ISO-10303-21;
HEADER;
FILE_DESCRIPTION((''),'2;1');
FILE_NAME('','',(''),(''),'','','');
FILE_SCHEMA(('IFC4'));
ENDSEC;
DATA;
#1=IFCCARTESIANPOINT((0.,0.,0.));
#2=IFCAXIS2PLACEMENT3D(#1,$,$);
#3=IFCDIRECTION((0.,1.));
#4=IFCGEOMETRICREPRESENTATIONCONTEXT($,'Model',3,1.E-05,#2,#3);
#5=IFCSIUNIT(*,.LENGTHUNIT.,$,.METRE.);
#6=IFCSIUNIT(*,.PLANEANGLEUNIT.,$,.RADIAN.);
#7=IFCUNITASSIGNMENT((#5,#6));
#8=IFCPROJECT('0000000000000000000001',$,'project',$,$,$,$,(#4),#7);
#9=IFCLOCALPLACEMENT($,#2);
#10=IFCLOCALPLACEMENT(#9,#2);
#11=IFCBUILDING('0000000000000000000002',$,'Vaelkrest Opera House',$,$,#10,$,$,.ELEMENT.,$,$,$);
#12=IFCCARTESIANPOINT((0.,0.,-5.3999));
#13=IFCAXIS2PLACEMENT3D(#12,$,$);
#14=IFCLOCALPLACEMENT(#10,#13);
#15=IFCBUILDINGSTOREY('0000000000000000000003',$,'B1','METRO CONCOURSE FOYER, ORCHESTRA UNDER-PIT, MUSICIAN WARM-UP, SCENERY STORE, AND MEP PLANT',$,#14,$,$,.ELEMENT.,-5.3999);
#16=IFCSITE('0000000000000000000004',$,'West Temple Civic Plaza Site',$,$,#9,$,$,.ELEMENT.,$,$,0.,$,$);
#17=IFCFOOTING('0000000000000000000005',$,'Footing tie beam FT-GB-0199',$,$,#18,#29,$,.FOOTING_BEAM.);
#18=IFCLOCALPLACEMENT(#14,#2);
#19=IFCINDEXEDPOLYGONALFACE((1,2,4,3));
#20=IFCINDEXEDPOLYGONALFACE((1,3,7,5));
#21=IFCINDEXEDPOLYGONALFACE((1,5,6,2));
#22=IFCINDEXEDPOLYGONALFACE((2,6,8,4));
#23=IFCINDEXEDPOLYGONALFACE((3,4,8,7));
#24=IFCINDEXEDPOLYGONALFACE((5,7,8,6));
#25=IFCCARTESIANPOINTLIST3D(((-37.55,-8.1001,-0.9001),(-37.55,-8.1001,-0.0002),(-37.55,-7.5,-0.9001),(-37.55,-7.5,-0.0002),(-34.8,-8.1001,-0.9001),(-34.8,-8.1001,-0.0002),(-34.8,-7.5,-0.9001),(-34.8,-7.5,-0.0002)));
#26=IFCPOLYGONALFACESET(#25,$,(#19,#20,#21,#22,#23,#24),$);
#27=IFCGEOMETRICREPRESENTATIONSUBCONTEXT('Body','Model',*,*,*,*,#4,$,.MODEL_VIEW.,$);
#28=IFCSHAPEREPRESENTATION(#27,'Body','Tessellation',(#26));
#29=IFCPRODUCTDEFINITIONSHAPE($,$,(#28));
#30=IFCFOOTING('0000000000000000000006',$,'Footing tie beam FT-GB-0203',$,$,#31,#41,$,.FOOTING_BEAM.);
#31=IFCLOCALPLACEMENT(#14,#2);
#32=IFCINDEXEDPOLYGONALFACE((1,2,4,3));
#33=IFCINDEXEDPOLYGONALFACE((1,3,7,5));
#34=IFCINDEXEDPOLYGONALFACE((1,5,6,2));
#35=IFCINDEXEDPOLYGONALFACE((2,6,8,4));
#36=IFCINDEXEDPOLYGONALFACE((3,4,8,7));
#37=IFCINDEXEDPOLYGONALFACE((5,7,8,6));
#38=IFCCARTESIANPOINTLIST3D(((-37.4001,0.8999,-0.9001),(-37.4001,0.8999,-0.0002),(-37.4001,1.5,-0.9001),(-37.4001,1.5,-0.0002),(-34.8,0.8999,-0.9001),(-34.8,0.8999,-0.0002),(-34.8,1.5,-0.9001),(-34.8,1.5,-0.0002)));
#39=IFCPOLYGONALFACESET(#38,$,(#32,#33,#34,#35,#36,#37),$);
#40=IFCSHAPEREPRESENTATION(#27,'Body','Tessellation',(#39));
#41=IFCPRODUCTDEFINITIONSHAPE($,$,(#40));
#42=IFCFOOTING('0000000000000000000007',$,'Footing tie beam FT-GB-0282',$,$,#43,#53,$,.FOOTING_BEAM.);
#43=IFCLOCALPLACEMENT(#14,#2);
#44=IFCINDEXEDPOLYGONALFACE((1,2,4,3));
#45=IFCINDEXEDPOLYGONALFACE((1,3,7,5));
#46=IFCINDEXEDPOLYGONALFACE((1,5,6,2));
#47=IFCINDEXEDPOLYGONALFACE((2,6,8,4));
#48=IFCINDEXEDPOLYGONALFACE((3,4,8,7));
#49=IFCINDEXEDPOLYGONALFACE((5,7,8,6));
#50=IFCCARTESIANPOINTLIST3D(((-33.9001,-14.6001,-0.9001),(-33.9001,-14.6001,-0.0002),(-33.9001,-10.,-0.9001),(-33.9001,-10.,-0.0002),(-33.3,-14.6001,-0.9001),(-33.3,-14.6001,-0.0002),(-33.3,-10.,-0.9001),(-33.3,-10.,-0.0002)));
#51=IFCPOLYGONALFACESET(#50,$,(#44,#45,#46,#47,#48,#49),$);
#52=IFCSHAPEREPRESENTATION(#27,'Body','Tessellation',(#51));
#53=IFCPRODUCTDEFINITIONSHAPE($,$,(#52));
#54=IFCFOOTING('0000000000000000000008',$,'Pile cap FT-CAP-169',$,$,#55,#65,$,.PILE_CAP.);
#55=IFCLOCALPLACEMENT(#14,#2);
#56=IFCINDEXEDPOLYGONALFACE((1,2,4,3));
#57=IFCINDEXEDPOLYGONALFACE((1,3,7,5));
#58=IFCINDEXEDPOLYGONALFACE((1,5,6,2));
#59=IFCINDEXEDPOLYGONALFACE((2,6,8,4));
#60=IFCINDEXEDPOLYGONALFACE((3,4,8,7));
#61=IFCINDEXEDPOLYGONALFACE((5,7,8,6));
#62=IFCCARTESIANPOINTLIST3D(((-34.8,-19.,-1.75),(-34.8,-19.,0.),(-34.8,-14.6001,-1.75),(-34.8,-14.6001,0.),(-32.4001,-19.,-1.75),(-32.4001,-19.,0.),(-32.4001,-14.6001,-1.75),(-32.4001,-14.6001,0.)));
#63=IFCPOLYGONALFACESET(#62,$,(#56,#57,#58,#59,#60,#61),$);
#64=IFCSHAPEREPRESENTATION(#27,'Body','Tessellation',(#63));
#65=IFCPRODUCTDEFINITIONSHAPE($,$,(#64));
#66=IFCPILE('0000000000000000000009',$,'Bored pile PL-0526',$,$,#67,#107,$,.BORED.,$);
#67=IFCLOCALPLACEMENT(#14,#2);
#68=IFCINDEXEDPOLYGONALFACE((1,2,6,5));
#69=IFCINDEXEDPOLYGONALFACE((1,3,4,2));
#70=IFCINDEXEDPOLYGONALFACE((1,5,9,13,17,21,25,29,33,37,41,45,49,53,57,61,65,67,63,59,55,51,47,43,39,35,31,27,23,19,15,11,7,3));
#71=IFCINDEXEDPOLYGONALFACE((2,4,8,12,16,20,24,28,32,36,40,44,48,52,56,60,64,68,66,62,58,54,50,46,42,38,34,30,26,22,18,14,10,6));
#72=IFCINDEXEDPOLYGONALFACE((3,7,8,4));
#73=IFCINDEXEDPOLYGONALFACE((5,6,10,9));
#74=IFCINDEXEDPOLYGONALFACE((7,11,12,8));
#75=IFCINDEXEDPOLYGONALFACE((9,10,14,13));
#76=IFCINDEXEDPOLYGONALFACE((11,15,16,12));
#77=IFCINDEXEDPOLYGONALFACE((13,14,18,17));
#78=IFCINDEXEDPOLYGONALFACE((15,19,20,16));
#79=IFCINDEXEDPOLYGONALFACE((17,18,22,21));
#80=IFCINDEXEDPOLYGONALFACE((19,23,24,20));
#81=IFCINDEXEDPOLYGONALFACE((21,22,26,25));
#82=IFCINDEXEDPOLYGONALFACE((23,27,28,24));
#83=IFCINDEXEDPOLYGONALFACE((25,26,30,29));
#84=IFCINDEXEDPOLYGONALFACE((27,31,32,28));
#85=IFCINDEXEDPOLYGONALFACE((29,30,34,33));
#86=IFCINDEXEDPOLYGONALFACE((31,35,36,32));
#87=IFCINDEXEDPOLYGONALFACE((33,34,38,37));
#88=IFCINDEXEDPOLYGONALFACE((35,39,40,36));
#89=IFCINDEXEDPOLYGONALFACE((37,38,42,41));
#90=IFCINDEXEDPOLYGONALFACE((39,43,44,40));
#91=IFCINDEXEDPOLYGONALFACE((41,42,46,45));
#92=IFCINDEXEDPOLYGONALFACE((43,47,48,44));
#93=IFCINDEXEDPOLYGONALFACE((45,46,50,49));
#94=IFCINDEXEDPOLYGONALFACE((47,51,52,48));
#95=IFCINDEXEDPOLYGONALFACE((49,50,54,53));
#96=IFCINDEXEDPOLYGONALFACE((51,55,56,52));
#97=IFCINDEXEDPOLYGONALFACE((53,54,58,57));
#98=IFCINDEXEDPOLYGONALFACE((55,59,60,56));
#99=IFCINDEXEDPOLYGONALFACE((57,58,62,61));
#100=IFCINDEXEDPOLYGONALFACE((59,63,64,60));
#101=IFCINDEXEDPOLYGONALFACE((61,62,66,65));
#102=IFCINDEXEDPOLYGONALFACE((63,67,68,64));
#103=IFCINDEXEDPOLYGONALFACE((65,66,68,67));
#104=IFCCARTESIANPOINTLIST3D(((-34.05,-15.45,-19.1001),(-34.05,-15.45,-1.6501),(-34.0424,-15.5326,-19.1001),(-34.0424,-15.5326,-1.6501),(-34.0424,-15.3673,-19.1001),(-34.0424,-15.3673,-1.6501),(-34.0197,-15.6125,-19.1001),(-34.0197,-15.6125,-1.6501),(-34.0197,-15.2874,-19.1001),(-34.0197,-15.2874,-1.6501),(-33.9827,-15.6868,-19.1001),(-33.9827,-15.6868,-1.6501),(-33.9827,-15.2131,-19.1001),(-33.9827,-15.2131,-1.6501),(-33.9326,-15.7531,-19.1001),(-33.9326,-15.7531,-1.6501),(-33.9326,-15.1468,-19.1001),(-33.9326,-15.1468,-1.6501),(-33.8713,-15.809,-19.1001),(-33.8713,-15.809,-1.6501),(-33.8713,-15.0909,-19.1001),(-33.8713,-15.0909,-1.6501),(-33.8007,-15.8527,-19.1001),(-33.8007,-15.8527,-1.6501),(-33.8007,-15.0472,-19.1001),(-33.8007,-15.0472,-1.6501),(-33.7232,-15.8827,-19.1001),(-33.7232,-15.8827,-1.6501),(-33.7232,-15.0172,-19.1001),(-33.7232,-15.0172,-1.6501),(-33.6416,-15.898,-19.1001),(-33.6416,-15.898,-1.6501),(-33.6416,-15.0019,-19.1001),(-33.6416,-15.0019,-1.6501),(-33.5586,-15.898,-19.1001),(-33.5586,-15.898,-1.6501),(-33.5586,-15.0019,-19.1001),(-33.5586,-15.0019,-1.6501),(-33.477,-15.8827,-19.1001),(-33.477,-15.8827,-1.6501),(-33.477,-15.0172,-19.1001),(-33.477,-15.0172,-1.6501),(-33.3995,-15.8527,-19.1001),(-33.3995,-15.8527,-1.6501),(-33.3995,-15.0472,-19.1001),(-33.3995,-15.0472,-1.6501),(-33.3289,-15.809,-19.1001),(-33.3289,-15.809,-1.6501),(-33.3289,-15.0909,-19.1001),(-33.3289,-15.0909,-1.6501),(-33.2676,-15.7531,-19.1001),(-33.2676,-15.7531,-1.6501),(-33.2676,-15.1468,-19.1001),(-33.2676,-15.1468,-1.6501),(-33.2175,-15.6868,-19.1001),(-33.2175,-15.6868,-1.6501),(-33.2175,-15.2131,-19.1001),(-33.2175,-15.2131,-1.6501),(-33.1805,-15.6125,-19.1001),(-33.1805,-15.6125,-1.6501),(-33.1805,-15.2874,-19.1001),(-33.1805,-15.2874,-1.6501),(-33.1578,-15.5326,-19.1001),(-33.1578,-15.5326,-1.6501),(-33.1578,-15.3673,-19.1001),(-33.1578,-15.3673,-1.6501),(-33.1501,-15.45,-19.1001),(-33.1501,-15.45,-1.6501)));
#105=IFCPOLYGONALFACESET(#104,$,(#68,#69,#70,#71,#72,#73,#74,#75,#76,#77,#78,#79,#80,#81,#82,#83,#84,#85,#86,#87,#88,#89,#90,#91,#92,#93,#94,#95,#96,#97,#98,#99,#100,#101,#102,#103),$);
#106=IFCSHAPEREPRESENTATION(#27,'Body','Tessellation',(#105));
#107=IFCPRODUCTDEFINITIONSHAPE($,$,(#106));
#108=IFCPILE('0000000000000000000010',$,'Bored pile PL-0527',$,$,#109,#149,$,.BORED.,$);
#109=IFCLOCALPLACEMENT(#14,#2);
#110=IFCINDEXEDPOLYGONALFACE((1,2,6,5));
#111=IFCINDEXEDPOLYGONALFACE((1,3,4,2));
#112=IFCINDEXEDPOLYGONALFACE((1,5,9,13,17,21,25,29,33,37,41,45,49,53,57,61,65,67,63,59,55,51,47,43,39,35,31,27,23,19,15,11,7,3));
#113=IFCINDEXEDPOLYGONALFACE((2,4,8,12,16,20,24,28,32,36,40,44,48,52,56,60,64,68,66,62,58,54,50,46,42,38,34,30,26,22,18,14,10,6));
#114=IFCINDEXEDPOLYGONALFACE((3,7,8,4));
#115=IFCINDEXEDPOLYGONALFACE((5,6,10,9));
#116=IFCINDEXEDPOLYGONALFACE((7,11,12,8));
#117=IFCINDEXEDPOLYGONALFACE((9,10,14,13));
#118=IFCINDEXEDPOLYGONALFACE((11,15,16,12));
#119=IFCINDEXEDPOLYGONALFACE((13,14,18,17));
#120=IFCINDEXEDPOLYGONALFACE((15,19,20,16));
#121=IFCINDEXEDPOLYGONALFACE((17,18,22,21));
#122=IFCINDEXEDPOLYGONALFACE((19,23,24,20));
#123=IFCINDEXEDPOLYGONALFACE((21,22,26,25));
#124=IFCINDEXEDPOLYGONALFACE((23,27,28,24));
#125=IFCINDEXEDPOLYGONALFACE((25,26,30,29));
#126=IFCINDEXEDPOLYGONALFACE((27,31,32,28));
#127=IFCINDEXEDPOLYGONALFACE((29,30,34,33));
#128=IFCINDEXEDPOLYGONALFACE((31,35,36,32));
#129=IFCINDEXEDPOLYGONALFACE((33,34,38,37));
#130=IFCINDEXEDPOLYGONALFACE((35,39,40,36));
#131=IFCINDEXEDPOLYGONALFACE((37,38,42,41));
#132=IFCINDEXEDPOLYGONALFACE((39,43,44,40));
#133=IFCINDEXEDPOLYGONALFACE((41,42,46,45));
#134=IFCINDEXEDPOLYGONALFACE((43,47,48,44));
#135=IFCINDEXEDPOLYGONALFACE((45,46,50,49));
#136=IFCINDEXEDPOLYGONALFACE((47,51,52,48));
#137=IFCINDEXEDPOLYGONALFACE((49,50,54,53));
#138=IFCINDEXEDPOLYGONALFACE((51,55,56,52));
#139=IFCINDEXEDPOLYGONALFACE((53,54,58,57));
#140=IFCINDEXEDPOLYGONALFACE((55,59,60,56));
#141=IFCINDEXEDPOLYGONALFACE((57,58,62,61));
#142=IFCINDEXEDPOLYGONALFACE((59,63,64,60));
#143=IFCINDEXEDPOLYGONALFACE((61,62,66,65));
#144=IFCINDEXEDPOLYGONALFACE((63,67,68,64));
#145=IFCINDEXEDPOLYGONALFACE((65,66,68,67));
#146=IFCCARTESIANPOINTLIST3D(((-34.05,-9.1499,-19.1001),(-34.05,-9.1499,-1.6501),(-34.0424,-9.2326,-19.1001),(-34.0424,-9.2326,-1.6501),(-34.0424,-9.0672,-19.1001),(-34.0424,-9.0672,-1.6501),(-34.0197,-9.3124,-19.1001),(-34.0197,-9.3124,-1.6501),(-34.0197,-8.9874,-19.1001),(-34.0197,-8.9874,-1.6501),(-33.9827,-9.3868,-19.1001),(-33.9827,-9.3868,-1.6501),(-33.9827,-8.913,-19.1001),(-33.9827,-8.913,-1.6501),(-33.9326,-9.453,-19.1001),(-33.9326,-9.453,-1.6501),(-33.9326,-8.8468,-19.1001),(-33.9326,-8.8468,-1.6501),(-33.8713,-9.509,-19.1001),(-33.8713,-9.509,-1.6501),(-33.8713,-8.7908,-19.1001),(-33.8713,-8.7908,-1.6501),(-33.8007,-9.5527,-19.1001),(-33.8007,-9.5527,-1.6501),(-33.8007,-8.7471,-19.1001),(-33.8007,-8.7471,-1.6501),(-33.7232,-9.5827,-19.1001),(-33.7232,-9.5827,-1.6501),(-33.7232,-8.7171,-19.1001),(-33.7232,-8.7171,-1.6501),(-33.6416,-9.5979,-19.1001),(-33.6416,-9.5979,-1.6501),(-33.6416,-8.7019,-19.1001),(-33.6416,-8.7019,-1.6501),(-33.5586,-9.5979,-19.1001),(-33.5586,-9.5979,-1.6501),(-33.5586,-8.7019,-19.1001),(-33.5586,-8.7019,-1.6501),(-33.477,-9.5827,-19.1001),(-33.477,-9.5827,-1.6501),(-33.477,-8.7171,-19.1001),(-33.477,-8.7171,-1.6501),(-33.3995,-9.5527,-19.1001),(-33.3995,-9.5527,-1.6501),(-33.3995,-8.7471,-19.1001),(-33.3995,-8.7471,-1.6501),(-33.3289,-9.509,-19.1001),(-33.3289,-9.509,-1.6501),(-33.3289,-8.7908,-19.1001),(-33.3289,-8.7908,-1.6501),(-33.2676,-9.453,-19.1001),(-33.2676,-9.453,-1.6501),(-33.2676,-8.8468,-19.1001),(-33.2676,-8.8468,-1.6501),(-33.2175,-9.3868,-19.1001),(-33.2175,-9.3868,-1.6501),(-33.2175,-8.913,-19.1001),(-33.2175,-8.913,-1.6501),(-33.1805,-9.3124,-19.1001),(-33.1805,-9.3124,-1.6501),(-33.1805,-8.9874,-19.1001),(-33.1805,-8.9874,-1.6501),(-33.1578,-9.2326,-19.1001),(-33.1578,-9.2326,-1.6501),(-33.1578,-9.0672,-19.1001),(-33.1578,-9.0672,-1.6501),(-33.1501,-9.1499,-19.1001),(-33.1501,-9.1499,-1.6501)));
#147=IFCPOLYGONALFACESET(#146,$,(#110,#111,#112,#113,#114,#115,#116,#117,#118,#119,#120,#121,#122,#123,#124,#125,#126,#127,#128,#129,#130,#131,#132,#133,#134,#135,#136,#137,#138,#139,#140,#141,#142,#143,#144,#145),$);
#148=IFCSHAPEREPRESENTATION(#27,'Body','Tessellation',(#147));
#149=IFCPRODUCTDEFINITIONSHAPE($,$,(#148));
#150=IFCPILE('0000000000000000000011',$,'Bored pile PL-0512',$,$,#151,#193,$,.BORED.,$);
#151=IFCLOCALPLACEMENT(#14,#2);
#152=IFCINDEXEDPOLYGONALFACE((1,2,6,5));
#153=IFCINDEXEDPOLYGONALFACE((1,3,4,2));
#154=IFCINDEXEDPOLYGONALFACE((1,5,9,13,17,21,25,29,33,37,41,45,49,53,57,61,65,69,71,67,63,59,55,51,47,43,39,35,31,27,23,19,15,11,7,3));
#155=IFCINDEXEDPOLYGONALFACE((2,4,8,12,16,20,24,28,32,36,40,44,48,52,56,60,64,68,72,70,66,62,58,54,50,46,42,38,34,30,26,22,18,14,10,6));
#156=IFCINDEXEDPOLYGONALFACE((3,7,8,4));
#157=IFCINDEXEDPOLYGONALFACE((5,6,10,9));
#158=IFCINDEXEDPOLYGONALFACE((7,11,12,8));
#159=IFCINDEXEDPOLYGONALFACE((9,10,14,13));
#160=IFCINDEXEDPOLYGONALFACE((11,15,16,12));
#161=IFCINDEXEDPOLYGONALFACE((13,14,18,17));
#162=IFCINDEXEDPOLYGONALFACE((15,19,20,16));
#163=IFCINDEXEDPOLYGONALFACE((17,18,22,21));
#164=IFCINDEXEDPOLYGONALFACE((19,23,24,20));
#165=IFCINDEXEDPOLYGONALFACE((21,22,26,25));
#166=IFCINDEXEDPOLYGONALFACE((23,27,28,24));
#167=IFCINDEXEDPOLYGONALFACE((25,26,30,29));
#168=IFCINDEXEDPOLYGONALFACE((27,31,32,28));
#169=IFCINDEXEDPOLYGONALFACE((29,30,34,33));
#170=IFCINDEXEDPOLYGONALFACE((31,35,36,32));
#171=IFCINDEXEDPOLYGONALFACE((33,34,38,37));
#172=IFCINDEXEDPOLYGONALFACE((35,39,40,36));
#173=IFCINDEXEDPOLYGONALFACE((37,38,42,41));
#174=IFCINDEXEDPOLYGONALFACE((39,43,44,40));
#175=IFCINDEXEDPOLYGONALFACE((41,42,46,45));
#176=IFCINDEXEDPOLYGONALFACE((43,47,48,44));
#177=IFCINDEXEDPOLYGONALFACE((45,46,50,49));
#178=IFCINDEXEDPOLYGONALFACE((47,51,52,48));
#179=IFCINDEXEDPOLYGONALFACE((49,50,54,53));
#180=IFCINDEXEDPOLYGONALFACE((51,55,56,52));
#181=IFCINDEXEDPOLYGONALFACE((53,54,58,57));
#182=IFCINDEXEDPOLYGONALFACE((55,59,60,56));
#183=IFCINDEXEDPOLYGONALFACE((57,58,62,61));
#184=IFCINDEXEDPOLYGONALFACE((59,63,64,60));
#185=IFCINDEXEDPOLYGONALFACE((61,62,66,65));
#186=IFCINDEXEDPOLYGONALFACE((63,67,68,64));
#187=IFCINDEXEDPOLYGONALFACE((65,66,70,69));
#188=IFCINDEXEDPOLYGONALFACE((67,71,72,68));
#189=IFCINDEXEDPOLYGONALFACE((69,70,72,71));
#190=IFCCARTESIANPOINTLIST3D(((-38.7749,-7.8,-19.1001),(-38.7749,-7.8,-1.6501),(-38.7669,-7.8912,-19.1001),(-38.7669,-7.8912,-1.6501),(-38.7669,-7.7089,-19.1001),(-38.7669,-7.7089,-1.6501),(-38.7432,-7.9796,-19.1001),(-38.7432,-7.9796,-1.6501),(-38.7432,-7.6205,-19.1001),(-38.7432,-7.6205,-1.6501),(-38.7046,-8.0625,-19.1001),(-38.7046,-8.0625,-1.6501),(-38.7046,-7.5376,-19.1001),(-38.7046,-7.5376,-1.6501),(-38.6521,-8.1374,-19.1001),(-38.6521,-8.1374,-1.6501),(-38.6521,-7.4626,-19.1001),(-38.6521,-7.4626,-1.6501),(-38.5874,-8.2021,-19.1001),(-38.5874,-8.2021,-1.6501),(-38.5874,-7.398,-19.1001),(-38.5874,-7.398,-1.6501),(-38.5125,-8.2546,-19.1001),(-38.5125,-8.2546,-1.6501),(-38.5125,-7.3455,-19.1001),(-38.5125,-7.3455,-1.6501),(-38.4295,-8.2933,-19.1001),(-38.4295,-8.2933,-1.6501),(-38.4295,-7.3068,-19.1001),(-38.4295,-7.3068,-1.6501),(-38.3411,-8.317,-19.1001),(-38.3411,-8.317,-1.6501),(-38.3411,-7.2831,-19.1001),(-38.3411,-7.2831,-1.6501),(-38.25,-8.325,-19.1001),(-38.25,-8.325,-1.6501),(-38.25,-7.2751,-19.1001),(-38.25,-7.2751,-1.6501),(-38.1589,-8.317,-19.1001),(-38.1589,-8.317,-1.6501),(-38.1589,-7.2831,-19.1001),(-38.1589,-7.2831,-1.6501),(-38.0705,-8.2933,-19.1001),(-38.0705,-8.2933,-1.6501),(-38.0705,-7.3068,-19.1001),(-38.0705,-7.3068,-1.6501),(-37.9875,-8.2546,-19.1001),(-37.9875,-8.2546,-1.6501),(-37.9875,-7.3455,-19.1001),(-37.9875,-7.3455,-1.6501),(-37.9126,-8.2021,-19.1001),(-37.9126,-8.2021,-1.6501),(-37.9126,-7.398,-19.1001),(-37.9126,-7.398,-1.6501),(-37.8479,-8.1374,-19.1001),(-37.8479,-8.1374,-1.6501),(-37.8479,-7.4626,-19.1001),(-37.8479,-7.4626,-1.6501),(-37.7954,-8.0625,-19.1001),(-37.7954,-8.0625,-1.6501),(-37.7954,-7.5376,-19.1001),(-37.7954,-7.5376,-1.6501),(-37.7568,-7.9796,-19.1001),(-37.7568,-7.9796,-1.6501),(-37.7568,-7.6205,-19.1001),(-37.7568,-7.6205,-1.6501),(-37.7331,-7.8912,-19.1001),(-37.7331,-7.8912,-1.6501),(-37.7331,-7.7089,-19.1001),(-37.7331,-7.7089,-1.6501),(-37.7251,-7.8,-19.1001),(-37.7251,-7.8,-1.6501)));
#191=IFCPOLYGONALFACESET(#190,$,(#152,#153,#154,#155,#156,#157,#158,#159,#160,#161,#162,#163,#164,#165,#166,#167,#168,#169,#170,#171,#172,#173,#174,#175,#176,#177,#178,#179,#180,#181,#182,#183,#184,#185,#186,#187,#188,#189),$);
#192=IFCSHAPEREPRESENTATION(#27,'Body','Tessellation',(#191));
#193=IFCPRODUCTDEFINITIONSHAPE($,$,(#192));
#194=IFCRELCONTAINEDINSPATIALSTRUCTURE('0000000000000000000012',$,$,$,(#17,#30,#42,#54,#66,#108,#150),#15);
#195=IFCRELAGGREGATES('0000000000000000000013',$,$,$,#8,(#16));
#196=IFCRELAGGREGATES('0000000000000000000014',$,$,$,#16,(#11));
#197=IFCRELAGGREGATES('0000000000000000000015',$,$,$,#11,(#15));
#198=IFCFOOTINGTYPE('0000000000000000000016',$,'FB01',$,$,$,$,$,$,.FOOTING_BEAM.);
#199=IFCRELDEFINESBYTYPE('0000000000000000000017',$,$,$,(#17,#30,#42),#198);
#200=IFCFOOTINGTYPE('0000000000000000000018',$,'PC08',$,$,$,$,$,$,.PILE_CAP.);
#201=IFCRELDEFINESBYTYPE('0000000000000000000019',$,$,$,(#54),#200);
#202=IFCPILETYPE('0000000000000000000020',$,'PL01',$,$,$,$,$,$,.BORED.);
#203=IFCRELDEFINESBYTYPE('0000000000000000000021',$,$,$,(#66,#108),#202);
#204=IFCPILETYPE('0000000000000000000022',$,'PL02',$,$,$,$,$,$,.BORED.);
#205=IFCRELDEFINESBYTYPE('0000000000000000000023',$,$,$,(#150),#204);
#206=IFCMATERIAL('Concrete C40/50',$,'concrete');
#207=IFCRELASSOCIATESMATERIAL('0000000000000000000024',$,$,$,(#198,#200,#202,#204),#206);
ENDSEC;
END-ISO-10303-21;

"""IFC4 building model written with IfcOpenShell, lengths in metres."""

from ifc_helpers import new_model, si_unit, direction, frame, origin, origin_2d, place, context, subcontext, project, spatial, rectangle, circle, extrude, material, material_profile, profile_set, type_object, element, save


model = new_model("IFC4")

# Units and contexts
model_context = context("Model", 3, precision=1e-05, world=origin(), true_north=direction((0.0, 1.0)))
body_context = subcontext(model_context, "Body", "Model", "MODEL_VIEW")
ifc_project = project(units=[si_unit("LENGTHUNIT", "METRE"), si_unit("PLANEANGLEUNIT", "RADIAN")], contexts=[model_context])

# Site, building, storey
site_placement = place(None, origin())
site = spatial("IfcSite", under=ifc_project, at=site_placement, Name="West Temple Civic Plaza Site", CompositionType="ELEMENT", RefElevation=0.0)
building_placement = place(site_placement, origin())
building = spatial("IfcBuilding", under=site, at=building_placement, Name="Vaelkrest Opera House", CompositionType="ELEMENT")
storey_placement = place(building_placement, frame((0.0, 0.0, -5.3999)))
storey = spatial("IfcBuildingStorey", under=building, at=storey_placement, Name="B1", Description="METRO CONCOURSE FOYER, ORCHESTRA UNDER-PIT, MUSICIAN WARM-UP, SCENERY STORE, AND MEP PLANT", CompositionType="ELEMENT", Elevation=-5.3999)

# Footings
ifc_material_1 = material(Name="Concrete C40/50", Category="concrete")
footing_type_1 = type_object("IfcFootingType", Name="FB01", PredefinedType="FOOTING_BEAM", material=ifc_material_1)
footing_1_placement = place(storey_placement, frame((-36.175, -7.8, -0.9001), z_axis=(0.0, 0.0, 1.0), x_axis=(1.0, 0.0, 0.0)))
element("IfcFooting", 1, at=footing_1_placement, inside=storey, type_object=footing_type_1, Name="Footing tie beam FT-GB-0199", PredefinedType="FOOTING_BEAM", context=body_context, shape_type="SweptSolid", body=[
    extrude(rectangle(XDim=2.75, YDim=0.6001, at=origin_2d()), origin(), (0.0, 0.0, 1.0), 0.8999),
])
footing_2_placement = place(storey_placement, frame((-36.1001, 1.2, -0.9001), z_axis=(0.0, 0.0, 1.0), x_axis=(1.0, 0.0, 0.0)))
element("IfcFooting", 2, at=footing_2_placement, inside=storey, type_object=footing_type_1, Name="Footing tie beam FT-GB-0203", PredefinedType="FOOTING_BEAM", context=body_context, shape_type="SweptSolid", body=[
    extrude(rectangle(XDim=2.6001, YDim=0.6001, at=origin_2d()), origin(), (0.0, 0.0, 1.0), 0.8999),
])
footing_3_placement = place(storey_placement, frame((-33.6001, -12.3, -0.9001), z_axis=(0.0, 0.0, 1.0), x_axis=(0.0, 1.0, 0.0)))
element("IfcFooting", 3, at=footing_3_placement, inside=storey, type_object=footing_type_1, Name="Footing tie beam FT-GB-0282", PredefinedType="FOOTING_BEAM", context=body_context, shape_type="SweptSolid", body=[
    extrude(rectangle(XDim=4.6001, YDim=0.6001, at=origin_2d()), origin(), (0.0, 0.0, 1.0), 0.8999),
])
footing_type_2 = type_object("IfcFootingType", Name="PC08", PredefinedType="PILE_CAP", material=ifc_material_1)
footing_4_placement = place(storey_placement, frame((-33.6001, -16.8, -1.75), z_axis=(0.0, 0.0, 1.0), x_axis=(1.0, 0.0, 0.0)))
element("IfcFooting", 4, at=footing_4_placement, inside=storey, type_object=footing_type_2, Name="Pile cap FT-CAP-169", PredefinedType="PILE_CAP", context=body_context, shape_type="SweptSolid", body=[
    extrude(rectangle(XDim=2.3999, YDim=4.3999, at=origin_2d()), origin(), (0.0, 0.0, 1.0), 1.75),
])

# Piles
ifc_material_profile_1 = material_profile(ifc_material_1, circle(Radius=0.45, at=origin_2d()), Name="PILE900")
ifc_profile_set_1 = profile_set([ifc_material_profile_1], Name="Concrete C40/50")
pile_type_1 = type_object("IfcPileType", Name="PL01", PredefinedType="BORED", material=ifc_profile_set_1)
for number, where, z_axis, x_axis, name in (
    (5, (-33.6001, -15.45, -1.6501), (0.0, 0.0, -1.0), (1.0, 0.0, 0.0), "Bored pile PL-0526"),
    (6, (-33.6001, -9.1499, -1.6501), (0.0, 0.0, -1.0), (1.0, 0.0, 0.0), "Bored pile PL-0527"),
):
    element("IfcPile", number, at=place(storey_placement, frame(where, z_axis=z_axis, x_axis=x_axis)), inside=storey, type_object=pile_type_1, Name=name, PredefinedType="BORED", context=body_context, shape_type="SweptSolid", body=[
        extrude(circle(Radius=0.45, at=origin_2d()), origin(), (0.0, 0.0, 1.0), 17.45),
    ])
ifc_material_profile_2 = material_profile(ifc_material_1, circle(Radius=0.5249, at=origin_2d()), Name="PILE1050")
ifc_profile_set_2 = profile_set([ifc_material_profile_2], Name="Concrete C40/50")
pile_type_2 = type_object("IfcPileType", Name="PL02", PredefinedType="BORED", material=ifc_profile_set_2)
pile_1_placement = place(storey_placement, frame((-38.25, -7.8, -1.6501), z_axis=(0.0, 0.0, -1.0), x_axis=(1.0, 0.0, 0.0)))
element("IfcPile", 7, at=pile_1_placement, inside=storey, type_object=pile_type_2, Name="Bored pile PL-0512", PredefinedType="BORED", context=body_context, shape_type="SweptSolid", body=[
    extrude(circle(Radius=0.5249, at=origin_2d()), origin(), (0.0, 0.0, 1.0), 17.45),
])

save(model, "model.ifc")
